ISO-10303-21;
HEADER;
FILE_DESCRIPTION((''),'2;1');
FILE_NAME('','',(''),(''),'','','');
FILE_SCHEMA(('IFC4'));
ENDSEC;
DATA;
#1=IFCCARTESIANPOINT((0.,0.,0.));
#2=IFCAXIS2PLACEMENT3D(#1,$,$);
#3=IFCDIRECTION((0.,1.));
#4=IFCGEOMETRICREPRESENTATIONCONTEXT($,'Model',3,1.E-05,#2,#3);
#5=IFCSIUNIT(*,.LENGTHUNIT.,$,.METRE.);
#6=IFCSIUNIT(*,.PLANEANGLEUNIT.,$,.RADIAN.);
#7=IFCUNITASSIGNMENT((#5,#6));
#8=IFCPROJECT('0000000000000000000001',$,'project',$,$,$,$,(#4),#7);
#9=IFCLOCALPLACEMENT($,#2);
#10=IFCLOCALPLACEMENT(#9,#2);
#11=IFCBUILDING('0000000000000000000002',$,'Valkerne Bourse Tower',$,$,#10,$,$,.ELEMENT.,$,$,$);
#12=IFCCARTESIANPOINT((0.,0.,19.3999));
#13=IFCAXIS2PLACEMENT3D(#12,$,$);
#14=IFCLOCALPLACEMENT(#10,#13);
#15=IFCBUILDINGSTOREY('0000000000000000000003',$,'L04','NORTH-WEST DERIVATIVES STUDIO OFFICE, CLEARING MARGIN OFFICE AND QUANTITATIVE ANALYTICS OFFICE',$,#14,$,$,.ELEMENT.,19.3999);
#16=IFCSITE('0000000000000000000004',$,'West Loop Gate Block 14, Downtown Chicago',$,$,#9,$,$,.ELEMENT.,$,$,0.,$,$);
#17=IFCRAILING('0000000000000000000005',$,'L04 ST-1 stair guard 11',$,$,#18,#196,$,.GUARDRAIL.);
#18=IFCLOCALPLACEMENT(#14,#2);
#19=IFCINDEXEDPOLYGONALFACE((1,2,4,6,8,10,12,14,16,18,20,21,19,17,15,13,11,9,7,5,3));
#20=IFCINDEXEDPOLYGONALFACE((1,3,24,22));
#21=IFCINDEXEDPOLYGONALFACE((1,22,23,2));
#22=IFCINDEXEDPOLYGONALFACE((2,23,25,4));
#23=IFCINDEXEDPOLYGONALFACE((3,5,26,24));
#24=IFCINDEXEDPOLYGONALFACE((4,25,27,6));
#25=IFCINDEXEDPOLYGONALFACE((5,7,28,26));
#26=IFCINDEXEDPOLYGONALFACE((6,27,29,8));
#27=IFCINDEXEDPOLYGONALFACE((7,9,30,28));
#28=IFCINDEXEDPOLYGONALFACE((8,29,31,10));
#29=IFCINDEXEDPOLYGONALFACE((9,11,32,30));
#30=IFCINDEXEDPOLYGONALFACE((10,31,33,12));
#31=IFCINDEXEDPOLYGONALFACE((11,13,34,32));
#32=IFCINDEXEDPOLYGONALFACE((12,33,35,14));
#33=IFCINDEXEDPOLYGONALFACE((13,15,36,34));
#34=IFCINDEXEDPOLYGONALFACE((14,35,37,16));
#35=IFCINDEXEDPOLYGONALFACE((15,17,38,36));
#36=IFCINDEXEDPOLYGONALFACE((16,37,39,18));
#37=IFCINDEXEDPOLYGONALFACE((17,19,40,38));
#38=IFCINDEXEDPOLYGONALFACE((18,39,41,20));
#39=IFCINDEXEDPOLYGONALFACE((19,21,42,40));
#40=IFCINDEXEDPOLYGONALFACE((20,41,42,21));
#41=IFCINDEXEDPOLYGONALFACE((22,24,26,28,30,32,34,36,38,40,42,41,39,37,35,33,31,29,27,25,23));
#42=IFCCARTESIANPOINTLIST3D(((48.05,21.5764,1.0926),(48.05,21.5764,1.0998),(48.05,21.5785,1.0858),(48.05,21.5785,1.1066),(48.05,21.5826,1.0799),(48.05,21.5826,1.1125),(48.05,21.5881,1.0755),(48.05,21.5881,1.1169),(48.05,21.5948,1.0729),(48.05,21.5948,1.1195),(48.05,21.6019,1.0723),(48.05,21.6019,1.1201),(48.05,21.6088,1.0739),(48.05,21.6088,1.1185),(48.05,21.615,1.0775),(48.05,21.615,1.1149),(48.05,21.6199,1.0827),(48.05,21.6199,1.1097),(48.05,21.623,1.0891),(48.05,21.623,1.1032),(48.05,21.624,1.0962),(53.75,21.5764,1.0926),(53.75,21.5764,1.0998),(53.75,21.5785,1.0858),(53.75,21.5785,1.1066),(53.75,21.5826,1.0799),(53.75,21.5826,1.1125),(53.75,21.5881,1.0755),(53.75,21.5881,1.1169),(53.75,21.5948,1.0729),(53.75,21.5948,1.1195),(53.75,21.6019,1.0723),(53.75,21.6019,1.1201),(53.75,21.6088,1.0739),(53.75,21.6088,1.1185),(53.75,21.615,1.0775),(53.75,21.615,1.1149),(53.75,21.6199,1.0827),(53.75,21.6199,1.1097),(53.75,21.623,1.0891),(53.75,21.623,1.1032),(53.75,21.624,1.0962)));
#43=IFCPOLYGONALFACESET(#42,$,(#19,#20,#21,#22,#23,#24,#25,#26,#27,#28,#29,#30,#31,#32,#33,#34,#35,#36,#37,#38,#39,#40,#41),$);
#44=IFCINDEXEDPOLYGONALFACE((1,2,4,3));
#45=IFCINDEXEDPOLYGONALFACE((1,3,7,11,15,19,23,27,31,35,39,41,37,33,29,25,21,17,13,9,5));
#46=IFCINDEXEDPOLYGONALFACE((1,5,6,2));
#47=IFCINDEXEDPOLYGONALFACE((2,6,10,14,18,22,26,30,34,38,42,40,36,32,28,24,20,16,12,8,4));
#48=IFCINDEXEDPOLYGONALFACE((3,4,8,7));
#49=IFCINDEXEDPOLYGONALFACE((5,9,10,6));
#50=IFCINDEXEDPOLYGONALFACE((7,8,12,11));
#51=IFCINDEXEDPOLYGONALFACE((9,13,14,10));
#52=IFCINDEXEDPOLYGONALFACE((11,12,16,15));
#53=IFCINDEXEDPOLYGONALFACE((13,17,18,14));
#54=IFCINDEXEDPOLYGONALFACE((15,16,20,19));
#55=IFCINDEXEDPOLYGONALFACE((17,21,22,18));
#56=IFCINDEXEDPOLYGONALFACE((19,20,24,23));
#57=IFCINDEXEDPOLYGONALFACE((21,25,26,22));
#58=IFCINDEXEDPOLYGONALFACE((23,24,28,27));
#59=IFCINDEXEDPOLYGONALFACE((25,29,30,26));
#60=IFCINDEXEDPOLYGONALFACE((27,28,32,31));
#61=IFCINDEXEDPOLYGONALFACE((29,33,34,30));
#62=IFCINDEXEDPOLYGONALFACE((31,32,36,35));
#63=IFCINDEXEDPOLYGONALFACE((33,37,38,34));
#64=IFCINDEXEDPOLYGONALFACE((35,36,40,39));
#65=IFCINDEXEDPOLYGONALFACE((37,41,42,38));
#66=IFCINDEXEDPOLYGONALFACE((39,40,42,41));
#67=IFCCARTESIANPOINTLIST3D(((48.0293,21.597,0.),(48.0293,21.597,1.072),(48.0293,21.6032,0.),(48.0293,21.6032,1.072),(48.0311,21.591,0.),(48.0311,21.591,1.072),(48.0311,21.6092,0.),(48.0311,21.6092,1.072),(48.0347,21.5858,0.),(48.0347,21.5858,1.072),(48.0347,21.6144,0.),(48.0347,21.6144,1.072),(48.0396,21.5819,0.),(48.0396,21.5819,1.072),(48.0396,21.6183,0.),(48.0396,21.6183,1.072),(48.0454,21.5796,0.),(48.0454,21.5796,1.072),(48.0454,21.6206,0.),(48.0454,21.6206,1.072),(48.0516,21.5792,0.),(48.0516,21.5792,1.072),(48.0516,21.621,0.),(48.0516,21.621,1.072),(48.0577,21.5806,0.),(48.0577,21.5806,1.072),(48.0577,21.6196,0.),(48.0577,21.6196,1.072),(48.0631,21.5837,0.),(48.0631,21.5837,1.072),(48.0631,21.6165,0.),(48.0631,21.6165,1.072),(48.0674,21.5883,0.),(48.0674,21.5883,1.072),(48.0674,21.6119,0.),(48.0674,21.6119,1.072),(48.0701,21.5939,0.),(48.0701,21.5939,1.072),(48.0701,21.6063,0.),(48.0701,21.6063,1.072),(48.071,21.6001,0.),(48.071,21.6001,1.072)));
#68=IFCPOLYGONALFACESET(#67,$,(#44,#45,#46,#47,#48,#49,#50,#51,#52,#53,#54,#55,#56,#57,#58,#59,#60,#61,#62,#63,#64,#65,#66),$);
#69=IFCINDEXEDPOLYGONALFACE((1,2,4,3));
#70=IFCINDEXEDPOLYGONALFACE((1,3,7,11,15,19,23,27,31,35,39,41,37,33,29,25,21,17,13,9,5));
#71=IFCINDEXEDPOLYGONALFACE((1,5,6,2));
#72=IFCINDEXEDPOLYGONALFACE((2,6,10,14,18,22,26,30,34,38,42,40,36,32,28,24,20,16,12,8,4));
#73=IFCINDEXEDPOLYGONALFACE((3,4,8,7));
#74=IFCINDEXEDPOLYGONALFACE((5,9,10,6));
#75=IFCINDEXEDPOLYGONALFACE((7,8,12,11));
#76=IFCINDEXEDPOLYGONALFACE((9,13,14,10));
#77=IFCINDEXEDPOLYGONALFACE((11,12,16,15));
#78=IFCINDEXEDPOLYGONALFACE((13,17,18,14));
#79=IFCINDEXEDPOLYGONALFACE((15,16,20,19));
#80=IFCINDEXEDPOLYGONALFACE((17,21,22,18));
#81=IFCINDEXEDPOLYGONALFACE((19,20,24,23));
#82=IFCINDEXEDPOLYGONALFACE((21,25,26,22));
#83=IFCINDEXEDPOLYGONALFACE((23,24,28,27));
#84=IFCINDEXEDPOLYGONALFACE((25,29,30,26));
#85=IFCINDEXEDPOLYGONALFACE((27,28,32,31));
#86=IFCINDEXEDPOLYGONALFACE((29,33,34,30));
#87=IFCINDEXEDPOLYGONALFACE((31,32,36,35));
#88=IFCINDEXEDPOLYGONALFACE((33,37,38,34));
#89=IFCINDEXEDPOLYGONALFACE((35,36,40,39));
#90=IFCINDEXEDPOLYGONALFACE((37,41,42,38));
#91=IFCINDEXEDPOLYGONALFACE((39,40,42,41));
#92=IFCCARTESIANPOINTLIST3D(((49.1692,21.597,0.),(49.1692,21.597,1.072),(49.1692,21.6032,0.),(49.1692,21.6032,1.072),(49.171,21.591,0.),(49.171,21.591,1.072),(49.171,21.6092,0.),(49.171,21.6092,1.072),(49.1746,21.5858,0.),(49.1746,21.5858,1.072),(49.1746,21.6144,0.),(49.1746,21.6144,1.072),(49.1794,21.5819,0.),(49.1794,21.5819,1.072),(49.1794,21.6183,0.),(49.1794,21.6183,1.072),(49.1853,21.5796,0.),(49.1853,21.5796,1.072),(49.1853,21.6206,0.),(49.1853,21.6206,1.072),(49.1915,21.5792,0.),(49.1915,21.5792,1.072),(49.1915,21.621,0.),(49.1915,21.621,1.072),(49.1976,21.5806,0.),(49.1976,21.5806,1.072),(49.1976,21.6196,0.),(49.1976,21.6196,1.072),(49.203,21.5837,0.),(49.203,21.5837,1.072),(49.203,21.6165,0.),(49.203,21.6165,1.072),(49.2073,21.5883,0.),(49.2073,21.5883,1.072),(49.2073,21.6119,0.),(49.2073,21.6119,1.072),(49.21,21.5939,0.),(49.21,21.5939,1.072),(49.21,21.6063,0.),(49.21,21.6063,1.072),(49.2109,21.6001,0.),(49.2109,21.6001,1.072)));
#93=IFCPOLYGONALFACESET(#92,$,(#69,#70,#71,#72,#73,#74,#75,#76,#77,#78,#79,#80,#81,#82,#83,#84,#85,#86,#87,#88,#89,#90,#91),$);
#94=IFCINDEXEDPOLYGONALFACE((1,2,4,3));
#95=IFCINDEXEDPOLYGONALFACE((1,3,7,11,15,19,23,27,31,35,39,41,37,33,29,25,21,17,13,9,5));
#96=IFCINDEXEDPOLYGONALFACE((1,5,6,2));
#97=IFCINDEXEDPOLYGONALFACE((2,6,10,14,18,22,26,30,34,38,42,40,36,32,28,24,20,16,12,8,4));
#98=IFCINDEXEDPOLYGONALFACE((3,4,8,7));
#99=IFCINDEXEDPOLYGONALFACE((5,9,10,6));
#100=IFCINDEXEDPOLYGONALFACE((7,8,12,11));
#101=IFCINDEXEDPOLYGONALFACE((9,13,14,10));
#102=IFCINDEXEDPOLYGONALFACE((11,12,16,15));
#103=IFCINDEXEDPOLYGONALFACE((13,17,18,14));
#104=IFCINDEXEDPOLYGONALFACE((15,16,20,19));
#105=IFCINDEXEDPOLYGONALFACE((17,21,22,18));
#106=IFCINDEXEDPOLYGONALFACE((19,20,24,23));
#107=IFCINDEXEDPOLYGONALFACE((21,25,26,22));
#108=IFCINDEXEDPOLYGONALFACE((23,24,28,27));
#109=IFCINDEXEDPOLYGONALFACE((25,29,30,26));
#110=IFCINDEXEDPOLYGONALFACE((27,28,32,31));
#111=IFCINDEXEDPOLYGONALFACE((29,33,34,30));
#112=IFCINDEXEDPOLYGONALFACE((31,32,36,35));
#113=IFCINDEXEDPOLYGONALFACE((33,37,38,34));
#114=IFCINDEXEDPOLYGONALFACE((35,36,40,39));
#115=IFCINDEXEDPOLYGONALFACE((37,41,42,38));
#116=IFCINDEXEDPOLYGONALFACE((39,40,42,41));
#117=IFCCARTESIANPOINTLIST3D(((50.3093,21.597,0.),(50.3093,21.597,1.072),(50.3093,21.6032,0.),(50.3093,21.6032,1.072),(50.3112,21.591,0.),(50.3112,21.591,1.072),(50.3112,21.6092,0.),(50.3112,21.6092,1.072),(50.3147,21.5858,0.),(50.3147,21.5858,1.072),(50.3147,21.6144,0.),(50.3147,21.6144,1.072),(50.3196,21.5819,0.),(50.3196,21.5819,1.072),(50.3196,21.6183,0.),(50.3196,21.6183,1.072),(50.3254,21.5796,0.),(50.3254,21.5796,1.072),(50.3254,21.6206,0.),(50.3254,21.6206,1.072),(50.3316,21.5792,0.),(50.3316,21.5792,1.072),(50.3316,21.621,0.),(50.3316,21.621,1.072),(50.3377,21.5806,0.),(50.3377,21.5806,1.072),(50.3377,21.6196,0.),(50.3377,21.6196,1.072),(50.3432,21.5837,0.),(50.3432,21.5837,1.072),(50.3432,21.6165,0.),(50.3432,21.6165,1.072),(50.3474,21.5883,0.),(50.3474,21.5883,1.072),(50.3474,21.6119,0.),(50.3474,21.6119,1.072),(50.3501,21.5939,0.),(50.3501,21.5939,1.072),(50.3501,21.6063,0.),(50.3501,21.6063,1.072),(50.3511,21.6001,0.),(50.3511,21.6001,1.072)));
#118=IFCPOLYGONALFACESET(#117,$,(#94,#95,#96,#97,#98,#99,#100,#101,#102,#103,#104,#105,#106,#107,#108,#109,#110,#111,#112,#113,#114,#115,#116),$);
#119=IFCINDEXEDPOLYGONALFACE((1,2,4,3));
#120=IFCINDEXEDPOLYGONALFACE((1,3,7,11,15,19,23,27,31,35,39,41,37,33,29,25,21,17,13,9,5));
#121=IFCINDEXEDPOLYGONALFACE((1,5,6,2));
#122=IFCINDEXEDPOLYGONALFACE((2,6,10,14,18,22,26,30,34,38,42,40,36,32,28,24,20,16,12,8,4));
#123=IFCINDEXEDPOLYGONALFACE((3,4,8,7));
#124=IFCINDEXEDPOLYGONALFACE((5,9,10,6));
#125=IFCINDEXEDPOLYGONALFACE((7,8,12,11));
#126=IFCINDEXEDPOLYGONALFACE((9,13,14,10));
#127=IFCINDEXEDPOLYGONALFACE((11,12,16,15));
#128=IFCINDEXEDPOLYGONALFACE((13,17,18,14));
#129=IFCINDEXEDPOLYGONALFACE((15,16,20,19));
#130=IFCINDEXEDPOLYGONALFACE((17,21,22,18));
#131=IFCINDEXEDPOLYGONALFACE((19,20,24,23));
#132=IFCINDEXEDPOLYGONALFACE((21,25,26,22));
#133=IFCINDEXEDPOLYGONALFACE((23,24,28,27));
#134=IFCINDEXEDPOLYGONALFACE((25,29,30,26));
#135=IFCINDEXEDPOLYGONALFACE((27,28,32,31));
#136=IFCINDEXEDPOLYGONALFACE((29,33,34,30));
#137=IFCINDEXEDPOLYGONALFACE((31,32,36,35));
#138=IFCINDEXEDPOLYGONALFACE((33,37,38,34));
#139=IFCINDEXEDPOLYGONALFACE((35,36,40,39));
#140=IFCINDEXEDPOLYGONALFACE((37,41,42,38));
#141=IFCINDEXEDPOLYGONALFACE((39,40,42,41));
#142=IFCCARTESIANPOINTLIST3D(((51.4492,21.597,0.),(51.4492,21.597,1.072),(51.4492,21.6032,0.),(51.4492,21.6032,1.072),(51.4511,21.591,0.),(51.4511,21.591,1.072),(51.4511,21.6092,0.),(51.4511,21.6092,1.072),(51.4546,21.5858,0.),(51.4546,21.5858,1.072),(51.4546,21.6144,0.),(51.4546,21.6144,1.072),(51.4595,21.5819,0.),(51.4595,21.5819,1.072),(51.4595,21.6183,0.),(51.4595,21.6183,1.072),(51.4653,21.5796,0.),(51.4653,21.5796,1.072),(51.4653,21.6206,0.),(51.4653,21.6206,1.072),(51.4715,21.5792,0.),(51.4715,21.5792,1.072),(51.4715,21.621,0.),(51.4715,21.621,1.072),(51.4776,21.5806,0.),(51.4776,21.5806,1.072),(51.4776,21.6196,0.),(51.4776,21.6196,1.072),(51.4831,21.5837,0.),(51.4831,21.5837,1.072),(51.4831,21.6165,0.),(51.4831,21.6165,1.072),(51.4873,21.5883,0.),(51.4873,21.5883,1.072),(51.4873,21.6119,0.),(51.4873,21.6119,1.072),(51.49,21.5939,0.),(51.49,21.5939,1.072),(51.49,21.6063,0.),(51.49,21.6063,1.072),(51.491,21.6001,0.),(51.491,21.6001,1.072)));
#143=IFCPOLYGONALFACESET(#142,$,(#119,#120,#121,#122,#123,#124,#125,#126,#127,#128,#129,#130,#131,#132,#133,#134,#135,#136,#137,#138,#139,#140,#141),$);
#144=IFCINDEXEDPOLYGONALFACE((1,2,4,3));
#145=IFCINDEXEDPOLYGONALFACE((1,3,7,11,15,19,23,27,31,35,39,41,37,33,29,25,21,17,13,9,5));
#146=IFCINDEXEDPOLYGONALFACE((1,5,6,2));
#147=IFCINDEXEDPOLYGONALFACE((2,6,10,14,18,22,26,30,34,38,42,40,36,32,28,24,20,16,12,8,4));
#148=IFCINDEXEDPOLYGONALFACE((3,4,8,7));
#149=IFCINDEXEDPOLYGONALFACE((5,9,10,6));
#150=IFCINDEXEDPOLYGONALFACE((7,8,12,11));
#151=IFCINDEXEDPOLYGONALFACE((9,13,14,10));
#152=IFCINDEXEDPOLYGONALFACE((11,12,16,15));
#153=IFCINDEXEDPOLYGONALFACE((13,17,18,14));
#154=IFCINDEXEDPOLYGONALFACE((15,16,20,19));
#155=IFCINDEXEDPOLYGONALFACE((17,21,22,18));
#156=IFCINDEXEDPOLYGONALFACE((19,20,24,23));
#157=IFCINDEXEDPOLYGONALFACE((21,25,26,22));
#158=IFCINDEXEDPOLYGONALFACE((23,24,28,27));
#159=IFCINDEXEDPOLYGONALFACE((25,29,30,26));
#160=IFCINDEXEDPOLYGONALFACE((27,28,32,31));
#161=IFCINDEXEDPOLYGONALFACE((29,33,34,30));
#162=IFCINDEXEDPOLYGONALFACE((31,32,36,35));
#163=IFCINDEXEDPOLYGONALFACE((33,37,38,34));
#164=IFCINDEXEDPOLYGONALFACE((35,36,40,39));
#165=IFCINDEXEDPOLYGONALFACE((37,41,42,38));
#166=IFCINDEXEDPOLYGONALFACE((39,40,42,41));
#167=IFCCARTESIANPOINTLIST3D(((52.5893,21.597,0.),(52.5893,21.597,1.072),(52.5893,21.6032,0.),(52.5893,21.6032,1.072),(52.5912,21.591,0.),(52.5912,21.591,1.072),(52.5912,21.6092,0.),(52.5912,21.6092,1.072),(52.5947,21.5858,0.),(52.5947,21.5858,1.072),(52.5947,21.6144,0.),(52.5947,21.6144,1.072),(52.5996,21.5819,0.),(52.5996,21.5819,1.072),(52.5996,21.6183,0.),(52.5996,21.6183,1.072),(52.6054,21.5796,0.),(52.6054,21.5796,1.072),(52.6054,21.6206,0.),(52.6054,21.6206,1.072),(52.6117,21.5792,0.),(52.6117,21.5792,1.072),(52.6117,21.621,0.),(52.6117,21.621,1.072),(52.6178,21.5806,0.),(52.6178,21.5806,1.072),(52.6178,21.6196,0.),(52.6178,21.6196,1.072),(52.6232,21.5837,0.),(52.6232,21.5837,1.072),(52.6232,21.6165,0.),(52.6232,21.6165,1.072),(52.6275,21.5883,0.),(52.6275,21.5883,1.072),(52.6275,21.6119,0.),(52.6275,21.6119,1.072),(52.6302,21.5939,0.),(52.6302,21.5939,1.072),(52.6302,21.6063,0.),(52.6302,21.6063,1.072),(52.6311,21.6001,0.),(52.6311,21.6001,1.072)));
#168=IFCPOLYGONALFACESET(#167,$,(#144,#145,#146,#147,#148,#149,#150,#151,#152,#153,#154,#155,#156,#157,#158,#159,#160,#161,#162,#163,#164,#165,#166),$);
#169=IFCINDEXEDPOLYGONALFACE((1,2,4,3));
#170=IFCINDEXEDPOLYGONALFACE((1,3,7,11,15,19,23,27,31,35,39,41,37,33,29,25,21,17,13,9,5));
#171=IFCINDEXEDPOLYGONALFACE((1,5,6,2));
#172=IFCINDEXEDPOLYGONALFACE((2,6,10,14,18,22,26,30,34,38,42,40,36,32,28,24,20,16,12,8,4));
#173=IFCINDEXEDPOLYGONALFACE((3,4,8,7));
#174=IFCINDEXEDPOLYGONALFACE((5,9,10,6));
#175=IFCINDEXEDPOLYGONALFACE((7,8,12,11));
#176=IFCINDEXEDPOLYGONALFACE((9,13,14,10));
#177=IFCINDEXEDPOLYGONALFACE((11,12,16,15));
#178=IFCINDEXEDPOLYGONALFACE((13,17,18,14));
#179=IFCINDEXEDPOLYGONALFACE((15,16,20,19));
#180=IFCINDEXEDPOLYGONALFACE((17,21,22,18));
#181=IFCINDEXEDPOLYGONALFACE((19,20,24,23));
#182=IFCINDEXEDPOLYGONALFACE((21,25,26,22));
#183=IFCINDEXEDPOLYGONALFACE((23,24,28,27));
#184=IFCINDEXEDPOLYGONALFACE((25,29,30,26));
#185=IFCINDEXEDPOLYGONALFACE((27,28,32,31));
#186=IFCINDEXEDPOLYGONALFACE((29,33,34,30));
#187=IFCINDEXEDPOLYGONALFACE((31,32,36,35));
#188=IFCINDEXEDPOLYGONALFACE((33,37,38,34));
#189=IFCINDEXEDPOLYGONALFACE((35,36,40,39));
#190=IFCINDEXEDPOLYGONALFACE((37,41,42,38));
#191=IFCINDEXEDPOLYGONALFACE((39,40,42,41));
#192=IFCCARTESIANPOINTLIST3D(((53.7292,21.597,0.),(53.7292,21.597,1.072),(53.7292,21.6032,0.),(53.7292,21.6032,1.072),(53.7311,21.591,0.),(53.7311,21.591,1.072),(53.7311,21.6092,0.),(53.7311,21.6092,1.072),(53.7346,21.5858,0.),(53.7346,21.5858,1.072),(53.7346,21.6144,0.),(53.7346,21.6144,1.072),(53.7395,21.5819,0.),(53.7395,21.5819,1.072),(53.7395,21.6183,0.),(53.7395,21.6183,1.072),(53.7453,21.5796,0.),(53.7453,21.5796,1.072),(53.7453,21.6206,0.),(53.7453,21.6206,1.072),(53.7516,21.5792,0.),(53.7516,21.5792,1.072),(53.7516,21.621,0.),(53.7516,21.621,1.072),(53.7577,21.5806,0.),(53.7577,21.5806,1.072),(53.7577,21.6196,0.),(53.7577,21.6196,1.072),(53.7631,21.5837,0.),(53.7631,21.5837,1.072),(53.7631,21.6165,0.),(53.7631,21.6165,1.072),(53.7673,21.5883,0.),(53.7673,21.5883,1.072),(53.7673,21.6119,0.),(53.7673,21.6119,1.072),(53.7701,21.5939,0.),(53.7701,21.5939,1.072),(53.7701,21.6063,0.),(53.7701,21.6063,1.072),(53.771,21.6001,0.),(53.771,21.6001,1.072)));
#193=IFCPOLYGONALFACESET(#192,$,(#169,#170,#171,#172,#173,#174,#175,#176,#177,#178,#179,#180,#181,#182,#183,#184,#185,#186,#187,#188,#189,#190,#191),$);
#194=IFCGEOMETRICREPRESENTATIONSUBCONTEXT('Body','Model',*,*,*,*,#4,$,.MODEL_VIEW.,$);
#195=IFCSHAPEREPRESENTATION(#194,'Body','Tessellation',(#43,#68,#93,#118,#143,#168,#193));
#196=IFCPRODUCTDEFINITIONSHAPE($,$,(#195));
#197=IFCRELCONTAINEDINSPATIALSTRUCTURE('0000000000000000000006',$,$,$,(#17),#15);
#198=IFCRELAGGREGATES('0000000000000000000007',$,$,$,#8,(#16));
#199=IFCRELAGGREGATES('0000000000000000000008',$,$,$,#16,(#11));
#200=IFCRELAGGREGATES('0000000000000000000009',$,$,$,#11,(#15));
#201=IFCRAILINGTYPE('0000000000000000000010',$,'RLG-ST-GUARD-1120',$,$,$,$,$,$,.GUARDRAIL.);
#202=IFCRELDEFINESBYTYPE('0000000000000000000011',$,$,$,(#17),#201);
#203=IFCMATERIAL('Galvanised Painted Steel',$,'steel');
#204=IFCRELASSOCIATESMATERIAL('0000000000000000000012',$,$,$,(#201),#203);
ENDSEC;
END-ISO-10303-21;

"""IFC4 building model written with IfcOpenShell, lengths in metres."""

from ifc_helpers import new_model, si_unit, direction, frame, origin, origin_2d, place, context, subcontext, project, spatial, circle, extrude, material, type_object, element, save


model = new_model("IFC4")

# Units and contexts
model_context = context("Model", 3, precision=1e-05, world=origin(), true_north=direction((0.0, 1.0)))
body_context = subcontext(model_context, "Body", "Model", "MODEL_VIEW")
ifc_project = project(units=[si_unit("LENGTHUNIT", "METRE"), si_unit("PLANEANGLEUNIT", "RADIAN")], contexts=[model_context])

# Site, building, storey
site_placement = place(None, origin())
site = spatial("IfcSite", under=ifc_project, at=site_placement, Name="West Loop Gate Block 14, Downtown Chicago", CompositionType="ELEMENT", RefElevation=0.0)
building_placement = place(site_placement, origin())
building = spatial("IfcBuilding", under=site, at=building_placement, Name="Valkerne Bourse Tower", CompositionType="ELEMENT")
storey_placement = place(building_placement, frame((0.0, 0.0, 19.3999)))
storey = spatial("IfcBuildingStorey", under=building, at=storey_placement, Name="L04", Description="NORTH-WEST DERIVATIVES STUDIO OFFICE, CLEARING MARGIN OFFICE AND QUANTITATIVE ANALYTICS OFFICE", CompositionType="ELEMENT", Elevation=19.3999)

# Shared definitions
ifc_material_1 = material(Name="Galvanised Painted Steel", Category="steel")

# Railing
railing_type_1 = type_object("IfcRailingType", Name="RLG-ST-GUARD-1120", PredefinedType="GUARDRAIL", material=ifc_material_1)
railing_1_placement = place(storey_placement, frame((48.05, 21.6001, 0.0)))
element("IfcRailing", 1, at=railing_1_placement, inside=storey, type_object=railing_type_1, Name="L04 ST-1 stair guard 11", PredefinedType="GUARDRAIL", context=body_context, shape_type="SweptSolid", body=[
    extrude(circle(Radius=0.0239, at=origin_2d()), frame((0.0, 0.0, 1.0962), z_axis=(1.0, 0.0, 0.0), x_axis=(0.0, 1.0, 0.0)), (0.0, 0.0, 1.0), 5.7),
    extrude(circle(Radius=0.021, at=origin_2d()), origin(), (0.0, 0.0, 1.0), 1.072),
    extrude(circle(Radius=0.021, at=origin_2d()), frame((1.1399, 0.0, 0.0)), (0.0, 0.0, 1.0), 1.072),
    extrude(circle(Radius=0.021, at=origin_2d()), frame((2.28, 0.0, 0.0)), (0.0, 0.0, 1.0), 1.072),
    extrude(circle(Radius=0.021, at=origin_2d()), frame((3.4199, 0.0, 0.0)), (0.0, 0.0, 1.0), 1.072),
    extrude(circle(Radius=0.021, at=origin_2d()), frame((4.5601, 0.0, 0.0)), (0.0, 0.0, 1.0), 1.072),
    extrude(circle(Radius=0.021, at=origin_2d()), frame((5.7, 0.0, 0.0)), (0.0, 0.0, 1.0), 1.072),
])

save(model, "model.ifc")
